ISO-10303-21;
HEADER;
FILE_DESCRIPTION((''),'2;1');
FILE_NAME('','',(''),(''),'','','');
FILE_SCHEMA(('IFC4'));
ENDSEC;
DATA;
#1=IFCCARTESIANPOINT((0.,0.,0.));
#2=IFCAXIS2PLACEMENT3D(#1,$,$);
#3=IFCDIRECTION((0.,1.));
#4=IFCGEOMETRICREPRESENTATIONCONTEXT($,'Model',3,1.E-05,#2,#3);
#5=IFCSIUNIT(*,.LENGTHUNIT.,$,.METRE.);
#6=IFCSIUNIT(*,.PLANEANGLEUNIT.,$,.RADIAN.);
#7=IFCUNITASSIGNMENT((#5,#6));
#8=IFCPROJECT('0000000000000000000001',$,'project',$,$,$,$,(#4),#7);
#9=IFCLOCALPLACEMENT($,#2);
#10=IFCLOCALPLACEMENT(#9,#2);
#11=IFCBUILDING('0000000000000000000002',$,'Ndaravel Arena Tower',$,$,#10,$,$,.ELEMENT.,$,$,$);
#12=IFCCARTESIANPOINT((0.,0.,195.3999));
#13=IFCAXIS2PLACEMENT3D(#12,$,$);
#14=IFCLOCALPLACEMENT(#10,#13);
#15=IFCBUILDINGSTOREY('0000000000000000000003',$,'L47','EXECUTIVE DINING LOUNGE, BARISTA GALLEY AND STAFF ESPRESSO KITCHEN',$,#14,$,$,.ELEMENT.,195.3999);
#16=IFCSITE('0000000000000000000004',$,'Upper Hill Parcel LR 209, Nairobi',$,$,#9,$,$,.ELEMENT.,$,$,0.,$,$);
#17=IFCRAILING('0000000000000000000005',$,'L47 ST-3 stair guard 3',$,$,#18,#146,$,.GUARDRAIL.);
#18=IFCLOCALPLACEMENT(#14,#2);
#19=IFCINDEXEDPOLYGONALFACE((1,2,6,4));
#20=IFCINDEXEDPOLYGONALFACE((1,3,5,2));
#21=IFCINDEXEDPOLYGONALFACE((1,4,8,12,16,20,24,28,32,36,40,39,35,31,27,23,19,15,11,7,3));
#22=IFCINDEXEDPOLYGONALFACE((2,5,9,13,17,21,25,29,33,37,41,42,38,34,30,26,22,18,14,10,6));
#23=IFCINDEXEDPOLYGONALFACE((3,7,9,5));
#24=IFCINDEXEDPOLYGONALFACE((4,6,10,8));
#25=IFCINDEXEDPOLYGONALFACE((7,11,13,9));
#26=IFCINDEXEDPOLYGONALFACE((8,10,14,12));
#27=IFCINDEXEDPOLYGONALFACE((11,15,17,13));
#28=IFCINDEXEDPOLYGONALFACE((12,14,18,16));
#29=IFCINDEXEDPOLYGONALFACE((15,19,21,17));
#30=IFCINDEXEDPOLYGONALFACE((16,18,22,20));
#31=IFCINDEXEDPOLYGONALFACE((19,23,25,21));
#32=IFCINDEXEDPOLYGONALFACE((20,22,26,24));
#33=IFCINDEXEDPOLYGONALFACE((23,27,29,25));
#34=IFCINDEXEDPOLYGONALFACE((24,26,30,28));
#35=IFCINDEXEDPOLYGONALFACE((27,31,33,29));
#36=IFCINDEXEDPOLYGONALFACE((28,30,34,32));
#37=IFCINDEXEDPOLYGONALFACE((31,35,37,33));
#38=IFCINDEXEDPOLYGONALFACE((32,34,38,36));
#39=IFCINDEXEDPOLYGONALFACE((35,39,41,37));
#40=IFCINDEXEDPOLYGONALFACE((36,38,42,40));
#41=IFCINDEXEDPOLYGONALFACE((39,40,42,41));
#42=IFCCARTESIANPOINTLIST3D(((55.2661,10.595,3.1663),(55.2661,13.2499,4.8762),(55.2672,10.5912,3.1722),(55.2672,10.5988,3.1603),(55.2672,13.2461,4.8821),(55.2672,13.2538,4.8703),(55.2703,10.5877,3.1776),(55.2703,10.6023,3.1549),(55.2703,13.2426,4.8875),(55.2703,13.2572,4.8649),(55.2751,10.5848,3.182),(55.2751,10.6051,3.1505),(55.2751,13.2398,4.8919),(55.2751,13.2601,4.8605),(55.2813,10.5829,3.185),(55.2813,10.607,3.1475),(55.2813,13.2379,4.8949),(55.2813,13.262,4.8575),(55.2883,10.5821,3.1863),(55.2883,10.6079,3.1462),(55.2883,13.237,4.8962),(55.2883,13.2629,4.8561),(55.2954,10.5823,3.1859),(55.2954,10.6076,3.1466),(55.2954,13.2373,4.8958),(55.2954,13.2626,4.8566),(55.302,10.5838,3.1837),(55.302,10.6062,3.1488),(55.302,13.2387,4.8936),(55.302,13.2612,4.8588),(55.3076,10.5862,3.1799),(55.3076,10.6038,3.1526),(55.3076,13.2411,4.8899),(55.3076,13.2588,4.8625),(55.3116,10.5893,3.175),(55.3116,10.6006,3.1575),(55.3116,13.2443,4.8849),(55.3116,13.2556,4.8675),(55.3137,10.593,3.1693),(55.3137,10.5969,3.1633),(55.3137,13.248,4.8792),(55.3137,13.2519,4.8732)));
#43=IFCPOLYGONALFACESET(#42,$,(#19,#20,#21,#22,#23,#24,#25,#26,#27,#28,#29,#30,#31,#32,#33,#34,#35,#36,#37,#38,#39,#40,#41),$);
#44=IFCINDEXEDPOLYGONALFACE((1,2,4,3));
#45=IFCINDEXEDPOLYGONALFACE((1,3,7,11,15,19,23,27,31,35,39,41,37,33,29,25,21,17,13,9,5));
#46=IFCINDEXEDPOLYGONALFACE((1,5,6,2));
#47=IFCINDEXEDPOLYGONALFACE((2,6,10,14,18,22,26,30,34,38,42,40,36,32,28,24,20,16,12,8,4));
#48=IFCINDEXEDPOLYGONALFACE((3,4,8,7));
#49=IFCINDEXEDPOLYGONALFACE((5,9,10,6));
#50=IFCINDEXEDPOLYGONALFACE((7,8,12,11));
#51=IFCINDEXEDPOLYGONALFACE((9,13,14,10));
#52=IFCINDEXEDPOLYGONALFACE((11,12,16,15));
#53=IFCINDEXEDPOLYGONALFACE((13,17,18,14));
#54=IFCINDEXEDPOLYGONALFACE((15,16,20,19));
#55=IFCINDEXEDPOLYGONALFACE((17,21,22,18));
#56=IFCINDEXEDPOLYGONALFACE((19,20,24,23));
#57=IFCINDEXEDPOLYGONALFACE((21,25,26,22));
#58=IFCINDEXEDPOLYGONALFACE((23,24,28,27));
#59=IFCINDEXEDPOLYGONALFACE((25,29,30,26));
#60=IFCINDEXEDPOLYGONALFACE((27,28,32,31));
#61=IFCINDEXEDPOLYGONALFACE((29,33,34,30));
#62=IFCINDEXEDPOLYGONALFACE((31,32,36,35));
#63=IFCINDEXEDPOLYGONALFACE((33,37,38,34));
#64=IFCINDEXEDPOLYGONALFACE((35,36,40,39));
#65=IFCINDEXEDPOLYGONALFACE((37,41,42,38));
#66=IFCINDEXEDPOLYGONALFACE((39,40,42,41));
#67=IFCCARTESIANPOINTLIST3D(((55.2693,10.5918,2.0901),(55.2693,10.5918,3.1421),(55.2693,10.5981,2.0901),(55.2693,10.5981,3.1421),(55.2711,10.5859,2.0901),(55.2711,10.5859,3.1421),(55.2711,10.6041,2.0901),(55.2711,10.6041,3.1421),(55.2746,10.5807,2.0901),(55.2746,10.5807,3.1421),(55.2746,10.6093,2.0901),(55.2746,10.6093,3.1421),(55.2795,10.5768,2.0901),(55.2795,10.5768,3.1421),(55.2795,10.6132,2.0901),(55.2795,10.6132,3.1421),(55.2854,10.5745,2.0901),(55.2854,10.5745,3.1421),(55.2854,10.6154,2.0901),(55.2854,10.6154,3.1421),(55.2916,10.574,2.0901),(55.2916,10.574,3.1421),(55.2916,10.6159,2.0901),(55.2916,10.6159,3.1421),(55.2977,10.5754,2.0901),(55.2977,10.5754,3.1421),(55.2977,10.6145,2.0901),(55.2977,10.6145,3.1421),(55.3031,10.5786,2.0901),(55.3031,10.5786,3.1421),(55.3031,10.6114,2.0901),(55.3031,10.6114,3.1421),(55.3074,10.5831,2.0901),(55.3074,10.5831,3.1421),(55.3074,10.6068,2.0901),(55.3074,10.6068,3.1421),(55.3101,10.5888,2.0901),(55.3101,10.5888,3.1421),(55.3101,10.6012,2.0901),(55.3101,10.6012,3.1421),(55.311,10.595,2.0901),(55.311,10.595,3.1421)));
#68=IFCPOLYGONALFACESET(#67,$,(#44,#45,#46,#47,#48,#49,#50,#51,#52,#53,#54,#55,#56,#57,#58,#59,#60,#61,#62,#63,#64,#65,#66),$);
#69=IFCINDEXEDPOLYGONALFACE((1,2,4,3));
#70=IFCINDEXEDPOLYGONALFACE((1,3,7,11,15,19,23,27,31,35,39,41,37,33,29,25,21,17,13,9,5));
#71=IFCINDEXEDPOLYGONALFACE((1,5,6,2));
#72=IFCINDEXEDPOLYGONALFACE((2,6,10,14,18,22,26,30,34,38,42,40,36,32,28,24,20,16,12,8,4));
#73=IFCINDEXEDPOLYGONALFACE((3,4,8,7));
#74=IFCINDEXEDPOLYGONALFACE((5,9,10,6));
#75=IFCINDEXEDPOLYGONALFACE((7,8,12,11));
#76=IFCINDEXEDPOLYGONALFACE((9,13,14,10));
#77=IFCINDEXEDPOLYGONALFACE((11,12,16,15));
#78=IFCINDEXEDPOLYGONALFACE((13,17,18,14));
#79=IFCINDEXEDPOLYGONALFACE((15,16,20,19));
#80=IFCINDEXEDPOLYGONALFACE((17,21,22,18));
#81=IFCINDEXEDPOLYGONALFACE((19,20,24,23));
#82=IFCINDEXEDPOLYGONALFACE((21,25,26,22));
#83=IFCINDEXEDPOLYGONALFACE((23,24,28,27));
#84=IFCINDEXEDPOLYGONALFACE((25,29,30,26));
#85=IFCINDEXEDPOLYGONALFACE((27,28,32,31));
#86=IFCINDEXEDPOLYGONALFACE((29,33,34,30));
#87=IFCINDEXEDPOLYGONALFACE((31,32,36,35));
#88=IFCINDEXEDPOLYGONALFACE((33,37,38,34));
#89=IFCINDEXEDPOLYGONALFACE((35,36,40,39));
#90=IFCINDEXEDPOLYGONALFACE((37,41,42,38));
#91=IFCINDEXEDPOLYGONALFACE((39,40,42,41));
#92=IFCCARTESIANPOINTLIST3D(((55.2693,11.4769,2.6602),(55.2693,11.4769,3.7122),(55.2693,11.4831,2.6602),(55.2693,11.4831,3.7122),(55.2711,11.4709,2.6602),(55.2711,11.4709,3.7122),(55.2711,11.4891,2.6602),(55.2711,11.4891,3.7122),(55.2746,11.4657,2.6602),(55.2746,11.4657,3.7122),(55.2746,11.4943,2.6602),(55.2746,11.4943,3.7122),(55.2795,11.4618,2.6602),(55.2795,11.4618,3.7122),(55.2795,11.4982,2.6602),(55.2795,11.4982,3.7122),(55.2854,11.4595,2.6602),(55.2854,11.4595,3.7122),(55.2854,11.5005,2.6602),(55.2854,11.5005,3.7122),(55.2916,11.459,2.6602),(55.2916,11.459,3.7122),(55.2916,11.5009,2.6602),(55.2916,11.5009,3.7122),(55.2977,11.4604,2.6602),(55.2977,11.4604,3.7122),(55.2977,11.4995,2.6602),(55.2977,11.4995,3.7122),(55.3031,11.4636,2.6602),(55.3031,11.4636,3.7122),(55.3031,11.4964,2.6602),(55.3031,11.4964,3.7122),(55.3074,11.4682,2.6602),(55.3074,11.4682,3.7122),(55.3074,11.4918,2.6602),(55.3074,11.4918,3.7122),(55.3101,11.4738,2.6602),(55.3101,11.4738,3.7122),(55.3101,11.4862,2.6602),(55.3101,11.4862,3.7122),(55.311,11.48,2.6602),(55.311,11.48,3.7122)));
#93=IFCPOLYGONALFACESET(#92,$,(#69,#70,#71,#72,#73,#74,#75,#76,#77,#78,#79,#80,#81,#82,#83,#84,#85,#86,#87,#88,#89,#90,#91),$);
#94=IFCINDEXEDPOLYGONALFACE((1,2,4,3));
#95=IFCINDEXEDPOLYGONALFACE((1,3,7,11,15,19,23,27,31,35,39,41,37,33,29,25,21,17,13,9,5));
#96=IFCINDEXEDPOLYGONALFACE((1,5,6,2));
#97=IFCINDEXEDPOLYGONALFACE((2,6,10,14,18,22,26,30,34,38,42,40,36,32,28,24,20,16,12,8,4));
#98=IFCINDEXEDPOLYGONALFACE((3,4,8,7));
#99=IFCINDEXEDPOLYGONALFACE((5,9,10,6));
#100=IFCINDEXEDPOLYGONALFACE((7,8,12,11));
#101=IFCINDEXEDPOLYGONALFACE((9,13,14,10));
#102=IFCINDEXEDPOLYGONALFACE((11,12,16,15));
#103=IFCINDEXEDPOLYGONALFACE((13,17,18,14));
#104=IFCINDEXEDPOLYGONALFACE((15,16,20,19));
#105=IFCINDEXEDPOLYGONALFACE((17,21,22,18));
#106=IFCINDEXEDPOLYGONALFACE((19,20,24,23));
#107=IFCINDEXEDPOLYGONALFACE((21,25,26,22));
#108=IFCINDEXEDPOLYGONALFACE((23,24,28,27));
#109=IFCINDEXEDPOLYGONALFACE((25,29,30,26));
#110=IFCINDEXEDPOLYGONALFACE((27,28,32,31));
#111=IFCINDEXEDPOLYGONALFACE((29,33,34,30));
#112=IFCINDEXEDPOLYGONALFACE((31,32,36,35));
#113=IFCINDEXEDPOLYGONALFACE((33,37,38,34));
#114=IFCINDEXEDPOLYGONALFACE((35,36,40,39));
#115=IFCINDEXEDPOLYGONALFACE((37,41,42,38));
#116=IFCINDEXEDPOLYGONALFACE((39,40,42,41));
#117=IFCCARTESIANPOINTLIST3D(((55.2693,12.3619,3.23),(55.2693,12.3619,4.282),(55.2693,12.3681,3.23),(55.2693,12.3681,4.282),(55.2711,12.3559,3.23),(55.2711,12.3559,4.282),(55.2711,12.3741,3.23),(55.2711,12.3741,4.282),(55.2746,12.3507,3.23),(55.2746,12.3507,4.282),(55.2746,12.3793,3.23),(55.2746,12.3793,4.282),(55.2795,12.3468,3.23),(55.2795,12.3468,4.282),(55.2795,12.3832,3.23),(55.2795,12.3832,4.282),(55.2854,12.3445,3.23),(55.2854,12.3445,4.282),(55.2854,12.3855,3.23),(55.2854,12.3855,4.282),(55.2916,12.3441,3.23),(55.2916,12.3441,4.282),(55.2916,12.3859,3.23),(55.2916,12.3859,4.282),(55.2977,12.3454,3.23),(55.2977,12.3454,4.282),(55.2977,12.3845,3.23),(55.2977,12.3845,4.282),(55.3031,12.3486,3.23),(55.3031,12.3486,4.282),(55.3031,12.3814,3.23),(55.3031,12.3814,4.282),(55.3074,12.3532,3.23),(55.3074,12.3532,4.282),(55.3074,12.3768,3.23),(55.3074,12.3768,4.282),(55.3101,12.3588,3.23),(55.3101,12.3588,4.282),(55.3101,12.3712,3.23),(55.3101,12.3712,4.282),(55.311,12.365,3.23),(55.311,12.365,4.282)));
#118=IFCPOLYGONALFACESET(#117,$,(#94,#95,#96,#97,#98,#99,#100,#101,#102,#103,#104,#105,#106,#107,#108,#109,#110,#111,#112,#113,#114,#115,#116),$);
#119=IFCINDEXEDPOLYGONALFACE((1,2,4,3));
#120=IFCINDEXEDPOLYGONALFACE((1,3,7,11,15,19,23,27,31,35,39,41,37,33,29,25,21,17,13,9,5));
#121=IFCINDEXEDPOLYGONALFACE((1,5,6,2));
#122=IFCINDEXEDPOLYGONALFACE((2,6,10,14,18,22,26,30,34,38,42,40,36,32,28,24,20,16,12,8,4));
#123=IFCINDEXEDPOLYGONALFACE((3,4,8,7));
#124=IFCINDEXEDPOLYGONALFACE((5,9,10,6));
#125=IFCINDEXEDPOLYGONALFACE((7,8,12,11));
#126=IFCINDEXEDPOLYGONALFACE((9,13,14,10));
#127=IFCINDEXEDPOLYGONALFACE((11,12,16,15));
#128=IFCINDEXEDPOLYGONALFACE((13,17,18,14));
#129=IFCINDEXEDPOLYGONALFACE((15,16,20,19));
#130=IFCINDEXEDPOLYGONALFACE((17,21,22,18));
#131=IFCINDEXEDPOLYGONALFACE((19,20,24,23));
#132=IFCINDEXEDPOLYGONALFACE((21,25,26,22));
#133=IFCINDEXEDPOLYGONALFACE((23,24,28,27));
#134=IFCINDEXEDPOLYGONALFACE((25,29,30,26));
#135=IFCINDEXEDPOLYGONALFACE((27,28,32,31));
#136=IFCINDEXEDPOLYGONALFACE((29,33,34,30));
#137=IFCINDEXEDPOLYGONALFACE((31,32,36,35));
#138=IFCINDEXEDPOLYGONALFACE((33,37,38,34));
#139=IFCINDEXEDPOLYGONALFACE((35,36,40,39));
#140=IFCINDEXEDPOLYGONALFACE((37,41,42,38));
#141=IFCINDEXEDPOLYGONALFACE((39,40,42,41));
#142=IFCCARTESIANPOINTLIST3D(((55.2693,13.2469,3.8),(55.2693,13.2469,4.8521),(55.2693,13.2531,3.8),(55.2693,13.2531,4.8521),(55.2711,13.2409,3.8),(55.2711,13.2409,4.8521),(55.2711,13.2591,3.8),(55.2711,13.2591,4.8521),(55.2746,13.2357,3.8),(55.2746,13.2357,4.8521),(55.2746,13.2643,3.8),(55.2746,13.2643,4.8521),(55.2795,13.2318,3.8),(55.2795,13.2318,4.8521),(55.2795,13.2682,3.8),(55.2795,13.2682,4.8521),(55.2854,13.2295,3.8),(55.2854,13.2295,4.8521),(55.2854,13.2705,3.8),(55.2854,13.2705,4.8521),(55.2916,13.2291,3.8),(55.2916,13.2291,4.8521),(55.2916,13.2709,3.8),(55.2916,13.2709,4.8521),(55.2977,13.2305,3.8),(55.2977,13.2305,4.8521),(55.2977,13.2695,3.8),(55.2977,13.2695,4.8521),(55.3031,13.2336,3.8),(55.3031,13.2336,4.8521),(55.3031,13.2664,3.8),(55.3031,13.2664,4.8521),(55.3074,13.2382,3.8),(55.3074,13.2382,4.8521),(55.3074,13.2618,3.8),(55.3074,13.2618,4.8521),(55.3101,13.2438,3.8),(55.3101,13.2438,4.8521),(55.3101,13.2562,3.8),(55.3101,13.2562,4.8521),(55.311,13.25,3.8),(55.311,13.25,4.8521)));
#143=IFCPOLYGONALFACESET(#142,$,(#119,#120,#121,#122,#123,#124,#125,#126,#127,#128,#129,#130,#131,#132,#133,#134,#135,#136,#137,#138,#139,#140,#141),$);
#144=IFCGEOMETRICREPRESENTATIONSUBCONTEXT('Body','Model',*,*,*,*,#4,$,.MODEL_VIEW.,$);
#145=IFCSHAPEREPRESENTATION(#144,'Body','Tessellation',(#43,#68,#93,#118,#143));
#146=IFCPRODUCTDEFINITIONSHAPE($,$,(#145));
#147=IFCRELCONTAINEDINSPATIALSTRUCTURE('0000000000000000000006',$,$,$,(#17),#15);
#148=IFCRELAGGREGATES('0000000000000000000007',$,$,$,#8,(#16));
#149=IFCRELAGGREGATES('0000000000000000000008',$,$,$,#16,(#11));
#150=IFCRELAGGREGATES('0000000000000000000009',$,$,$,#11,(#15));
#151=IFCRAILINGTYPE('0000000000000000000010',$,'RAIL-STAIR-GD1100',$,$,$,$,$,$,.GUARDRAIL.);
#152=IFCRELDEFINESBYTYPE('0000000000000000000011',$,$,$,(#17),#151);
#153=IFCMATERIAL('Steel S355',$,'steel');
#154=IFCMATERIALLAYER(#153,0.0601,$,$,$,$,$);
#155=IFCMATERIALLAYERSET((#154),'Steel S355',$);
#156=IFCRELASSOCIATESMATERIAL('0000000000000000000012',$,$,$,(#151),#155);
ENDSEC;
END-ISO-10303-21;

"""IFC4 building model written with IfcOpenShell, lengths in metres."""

from ifc_helpers import new_model, si_unit, direction, frame, origin, origin_2d, place, context, subcontext, project, spatial, circle, extrude, material, layer, layer_set, type_object, element, save


model = new_model("IFC4")

# Units and contexts
model_context = context("Model", 3, precision=1e-05, world=origin(), true_north=direction((0.0, 1.0)))
body_context = subcontext(model_context, "Body", "Model", "MODEL_VIEW")
ifc_project = project(units=[si_unit("LENGTHUNIT", "METRE"), si_unit("PLANEANGLEUNIT", "RADIAN")], contexts=[model_context])

# Site, building, storey
site_placement = place(None, origin())
site = spatial("IfcSite", under=ifc_project, at=site_placement, Name="Upper Hill Parcel LR 209, Nairobi", CompositionType="ELEMENT", RefElevation=0.0)
building_placement = place(site_placement, origin())
building = spatial("IfcBuilding", under=site, at=building_placement, Name="Ndaravel Arena Tower", CompositionType="ELEMENT")
storey_placement = place(building_placement, frame((0.0, 0.0, 195.3999)))
storey = spatial("IfcBuildingStorey", under=building, at=storey_placement, Name="L47", Description="EXECUTIVE DINING LOUNGE, BARISTA GALLEY AND STAFF ESPRESSO KITCHEN", CompositionType="ELEMENT", Elevation=195.3999)

# Railing
ifc_material_1 = material(Name="Steel S355", Category="steel")
ifc_layer_1 = layer(ifc_material_1, 0.0601)
ifc_layer_set_1 = layer_set([ifc_layer_1], Name="Steel S355")
railing_type_1 = type_object("IfcRailingType", Name="RAIL-STAIR-GD1100", PredefinedType="GUARDRAIL", material=ifc_layer_set_1)
railing_1_placement = place(storey_placement, frame((55.29, 10.595, 2.0901)))
element("IfcRailing", 1, at=railing_1_placement, inside=storey, type_object=railing_type_1, Name="L47 ST-3 stair guard 3", PredefinedType="GUARDRAIL", context=body_context, shape_type="SweptSolid", body=[
    extrude(circle(Radius=0.0239, at=origin_2d()), frame((0.0, 0.0, 1.0762), z_axis=(0.0, 0.840724, 0.541465), x_axis=(-1.0, 0.0, 0.0)), (0.0, 0.0, 1.0), 3.158),
    extrude(circle(Radius=0.021, at=origin_2d()), origin(), (0.0, 0.0, 1.0), 1.052),
    extrude(circle(Radius=0.021, at=origin_2d()), frame((0.0, 0.885, 0.5701)), (0.0, 0.0, 1.0), 1.052),
    extrude(circle(Radius=0.021, at=origin_2d()), frame((0.0, 1.77, 1.1399)), (0.0, 0.0, 1.0), 1.052),
    extrude(circle(Radius=0.021, at=origin_2d()), frame((0.0, 2.655, 1.71)), (0.0, 0.0, 1.0), 1.052),
])

save(model, "model.ifc")
